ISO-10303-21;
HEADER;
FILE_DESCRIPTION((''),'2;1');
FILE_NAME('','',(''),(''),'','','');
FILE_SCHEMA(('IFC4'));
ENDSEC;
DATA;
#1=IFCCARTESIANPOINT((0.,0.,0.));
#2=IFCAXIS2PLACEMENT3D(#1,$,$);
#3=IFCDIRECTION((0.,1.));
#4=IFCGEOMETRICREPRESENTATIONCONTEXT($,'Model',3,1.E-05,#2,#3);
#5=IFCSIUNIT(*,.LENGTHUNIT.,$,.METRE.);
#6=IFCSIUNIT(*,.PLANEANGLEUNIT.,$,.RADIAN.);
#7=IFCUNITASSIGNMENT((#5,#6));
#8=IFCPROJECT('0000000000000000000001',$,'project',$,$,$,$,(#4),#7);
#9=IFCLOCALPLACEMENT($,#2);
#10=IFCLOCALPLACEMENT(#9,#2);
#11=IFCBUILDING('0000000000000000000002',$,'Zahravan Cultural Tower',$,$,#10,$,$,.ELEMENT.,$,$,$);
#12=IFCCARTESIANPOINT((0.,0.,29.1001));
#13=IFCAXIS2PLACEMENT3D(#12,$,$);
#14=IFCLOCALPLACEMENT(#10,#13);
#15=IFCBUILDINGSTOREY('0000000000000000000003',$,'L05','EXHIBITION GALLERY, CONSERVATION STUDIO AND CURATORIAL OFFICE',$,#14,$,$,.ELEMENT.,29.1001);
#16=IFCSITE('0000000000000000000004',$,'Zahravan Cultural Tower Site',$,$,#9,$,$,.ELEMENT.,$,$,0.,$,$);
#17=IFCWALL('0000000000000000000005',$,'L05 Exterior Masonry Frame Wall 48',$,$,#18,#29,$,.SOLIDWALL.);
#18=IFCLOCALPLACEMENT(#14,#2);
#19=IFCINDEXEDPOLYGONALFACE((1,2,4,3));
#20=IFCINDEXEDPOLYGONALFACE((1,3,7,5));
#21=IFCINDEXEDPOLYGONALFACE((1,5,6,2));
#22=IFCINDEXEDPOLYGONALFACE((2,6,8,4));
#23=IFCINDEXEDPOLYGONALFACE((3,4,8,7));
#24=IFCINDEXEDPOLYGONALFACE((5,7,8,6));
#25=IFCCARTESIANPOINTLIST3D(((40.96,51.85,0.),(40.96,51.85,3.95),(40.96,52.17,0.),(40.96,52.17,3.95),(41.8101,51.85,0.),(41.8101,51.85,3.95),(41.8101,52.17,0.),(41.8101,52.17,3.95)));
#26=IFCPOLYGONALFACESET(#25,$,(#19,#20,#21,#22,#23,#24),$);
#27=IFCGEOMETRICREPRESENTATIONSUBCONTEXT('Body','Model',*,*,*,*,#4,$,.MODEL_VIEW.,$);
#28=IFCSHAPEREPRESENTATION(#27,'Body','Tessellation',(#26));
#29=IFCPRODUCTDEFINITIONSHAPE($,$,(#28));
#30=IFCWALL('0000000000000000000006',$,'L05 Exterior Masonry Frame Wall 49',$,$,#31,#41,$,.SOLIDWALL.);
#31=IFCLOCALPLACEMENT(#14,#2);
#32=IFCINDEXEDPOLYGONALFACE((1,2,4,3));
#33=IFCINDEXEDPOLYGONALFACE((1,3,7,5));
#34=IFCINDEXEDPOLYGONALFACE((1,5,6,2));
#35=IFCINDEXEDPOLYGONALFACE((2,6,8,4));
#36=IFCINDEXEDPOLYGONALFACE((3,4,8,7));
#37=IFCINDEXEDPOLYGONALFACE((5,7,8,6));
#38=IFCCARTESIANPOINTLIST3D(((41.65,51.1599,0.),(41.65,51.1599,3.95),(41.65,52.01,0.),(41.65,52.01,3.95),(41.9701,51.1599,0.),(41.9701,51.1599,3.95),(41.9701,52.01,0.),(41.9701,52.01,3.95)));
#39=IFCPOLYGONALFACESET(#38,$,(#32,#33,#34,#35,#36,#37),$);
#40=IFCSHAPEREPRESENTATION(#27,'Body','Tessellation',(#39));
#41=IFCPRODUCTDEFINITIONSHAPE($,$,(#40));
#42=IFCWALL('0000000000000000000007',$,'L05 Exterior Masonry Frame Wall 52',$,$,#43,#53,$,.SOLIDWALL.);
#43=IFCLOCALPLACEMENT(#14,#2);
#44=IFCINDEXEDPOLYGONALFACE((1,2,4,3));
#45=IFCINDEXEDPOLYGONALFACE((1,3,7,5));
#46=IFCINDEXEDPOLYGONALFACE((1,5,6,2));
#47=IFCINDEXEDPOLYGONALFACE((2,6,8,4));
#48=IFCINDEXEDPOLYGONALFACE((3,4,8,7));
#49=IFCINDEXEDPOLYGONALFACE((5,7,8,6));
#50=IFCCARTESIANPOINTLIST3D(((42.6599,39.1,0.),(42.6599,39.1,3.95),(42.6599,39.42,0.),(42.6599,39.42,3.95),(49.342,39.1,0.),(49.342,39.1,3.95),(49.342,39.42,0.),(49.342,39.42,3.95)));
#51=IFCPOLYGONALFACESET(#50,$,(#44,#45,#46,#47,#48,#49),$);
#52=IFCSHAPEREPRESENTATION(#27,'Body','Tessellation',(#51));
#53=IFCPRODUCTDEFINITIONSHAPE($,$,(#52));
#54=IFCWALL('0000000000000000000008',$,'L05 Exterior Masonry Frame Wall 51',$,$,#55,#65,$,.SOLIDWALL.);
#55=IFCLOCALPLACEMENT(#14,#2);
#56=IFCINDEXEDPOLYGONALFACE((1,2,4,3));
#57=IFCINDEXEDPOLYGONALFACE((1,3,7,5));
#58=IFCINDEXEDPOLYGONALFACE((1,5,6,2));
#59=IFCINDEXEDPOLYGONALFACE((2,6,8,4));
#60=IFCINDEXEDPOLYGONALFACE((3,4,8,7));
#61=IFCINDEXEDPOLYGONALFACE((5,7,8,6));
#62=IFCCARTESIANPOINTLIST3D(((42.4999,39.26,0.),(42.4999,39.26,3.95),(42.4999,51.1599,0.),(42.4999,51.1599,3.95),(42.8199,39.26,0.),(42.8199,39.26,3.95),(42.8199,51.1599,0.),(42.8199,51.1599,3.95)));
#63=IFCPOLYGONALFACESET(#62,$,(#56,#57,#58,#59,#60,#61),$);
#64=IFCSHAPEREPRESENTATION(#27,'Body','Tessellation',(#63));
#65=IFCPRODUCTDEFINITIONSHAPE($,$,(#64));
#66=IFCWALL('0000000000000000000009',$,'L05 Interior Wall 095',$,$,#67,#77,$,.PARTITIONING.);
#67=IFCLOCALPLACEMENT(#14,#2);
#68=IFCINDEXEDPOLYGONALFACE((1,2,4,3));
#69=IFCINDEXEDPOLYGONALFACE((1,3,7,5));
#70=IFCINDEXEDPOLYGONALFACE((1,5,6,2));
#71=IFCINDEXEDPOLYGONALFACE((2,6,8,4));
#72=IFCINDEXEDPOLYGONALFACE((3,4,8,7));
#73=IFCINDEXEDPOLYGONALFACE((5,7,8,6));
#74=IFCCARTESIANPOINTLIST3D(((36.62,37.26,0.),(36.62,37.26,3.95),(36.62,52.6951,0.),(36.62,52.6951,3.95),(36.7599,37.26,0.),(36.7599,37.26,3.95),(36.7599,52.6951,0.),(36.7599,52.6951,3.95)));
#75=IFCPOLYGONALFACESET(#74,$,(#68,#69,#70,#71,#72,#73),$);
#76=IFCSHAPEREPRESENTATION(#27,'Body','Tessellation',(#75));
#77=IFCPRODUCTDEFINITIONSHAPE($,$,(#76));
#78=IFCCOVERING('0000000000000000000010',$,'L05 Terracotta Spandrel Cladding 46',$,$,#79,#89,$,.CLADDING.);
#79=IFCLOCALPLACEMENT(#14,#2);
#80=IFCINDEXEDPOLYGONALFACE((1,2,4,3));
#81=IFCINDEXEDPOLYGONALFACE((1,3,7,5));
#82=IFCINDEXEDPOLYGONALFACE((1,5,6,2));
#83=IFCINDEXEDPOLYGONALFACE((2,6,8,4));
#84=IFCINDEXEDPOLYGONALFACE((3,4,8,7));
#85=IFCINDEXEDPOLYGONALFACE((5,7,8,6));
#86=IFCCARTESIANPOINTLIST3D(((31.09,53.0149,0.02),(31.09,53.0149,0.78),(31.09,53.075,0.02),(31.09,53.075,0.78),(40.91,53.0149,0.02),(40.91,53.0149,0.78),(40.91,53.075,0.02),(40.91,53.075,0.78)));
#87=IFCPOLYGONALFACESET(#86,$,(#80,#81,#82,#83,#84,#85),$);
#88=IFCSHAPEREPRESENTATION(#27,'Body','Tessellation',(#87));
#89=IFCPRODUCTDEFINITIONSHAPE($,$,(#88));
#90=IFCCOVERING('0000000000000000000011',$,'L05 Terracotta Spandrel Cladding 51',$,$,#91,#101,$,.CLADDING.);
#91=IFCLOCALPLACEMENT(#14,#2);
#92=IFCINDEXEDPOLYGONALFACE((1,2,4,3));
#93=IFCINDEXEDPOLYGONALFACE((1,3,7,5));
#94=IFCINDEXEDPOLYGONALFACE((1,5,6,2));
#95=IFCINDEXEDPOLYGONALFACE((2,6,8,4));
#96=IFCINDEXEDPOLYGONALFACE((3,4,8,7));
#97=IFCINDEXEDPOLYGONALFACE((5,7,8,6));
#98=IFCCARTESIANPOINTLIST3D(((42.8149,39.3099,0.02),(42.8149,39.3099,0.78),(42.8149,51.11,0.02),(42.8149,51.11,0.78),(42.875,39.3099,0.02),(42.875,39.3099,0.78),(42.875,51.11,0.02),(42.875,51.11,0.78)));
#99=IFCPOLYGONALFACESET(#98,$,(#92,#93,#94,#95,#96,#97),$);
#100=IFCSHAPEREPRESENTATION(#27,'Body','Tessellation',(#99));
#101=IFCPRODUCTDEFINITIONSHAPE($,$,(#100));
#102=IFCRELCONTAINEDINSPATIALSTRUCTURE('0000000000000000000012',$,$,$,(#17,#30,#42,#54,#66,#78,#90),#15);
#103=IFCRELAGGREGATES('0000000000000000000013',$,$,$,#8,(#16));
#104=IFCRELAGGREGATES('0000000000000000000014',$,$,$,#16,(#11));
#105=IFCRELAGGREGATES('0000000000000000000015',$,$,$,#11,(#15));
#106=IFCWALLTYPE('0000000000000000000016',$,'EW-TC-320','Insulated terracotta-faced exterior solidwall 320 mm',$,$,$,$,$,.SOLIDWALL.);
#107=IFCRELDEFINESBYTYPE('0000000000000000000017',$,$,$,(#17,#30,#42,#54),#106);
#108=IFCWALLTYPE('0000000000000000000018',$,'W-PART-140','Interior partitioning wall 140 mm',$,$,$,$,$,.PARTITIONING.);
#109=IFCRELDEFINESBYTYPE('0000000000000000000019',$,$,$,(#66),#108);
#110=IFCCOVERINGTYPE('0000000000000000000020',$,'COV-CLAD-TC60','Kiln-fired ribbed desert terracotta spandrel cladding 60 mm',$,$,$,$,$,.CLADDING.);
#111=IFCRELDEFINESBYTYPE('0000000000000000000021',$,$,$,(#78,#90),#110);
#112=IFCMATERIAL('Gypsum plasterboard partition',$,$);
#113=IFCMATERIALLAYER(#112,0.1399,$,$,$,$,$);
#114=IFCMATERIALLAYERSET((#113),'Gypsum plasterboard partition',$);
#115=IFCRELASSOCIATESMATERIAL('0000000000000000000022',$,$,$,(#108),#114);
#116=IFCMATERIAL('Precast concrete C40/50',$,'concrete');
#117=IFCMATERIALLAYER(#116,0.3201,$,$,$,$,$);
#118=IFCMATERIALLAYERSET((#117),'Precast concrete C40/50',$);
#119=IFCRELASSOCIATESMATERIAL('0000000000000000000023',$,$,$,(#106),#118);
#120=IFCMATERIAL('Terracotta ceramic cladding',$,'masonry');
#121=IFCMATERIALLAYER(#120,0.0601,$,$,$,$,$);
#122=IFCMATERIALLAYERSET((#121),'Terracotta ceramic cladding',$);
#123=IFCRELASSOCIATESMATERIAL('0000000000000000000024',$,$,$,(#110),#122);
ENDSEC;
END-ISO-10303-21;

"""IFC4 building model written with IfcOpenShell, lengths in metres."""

from ifc_helpers import new_model, si_unit, direction, frame, frame_2d, origin, origin_2d, place, context, subcontext, project, spatial, rectangle, extrude, source, transform, mapped, material, layer, layer_set, type_object, element, save


model = new_model("IFC4")

# Units and contexts
model_context = context("Model", 3, precision=1e-05, world=origin(), true_north=direction((0.0, 1.0)))
body_context = subcontext(model_context, "Body", "Model", "MODEL_VIEW")
ifc_project = project(units=[si_unit("LENGTHUNIT", "METRE"), si_unit("PLANEANGLEUNIT", "RADIAN")], contexts=[model_context])

# Site, building, storey
site_placement = place(None, origin())
site = spatial("IfcSite", under=ifc_project, at=site_placement, Name="Zahravan Cultural Tower Site", CompositionType="ELEMENT", RefElevation=0.0)
building_placement = place(site_placement, origin())
building = spatial("IfcBuilding", under=site, at=building_placement, Name="Zahravan Cultural Tower", CompositionType="ELEMENT")
storey_placement = place(building_placement, frame((0.0, 0.0, 29.1001)))
storey = spatial("IfcBuildingStorey", under=building, at=storey_placement, Name="L05", Description="EXHIBITION GALLERY, CONSERVATION STUDIO AND CURATORIAL OFFICE", CompositionType="ELEMENT", Elevation=29.1001)

# Shared definitions
ifc_material_1 = material(Name="Gypsum plasterboard partition")
ifc_layer_1 = layer(ifc_material_1, 0.1399)
ifc_layer_set_1 = layer_set([ifc_layer_1], Name="Gypsum plasterboard partition")
wall_type_1 = type_object("IfcWallType", Name="W-PART-140", Description="Interior partitioning wall 140 mm", PredefinedType="PARTITIONING", material=ifc_layer_set_1)

# Walls
ifc_material_2 = material(Name="Precast concrete C40/50", Category="concrete")
ifc_layer_2 = layer(ifc_material_2, 0.3201)
ifc_layer_set_2 = layer_set([ifc_layer_2], Name="Precast concrete C40/50")
wall_type_2 = type_object("IfcWallType", Name="EW-TC-320", Description="Insulated terracotta-faced exterior solidwall 320 mm", PredefinedType="SOLIDWALL", material=ifc_layer_set_2)
shared_shape_1 = source(origin(), body_context, "Body", "SweptSolid", [
    extrude(rectangle(XDim=0.8501, YDim=0.3201, at=frame_2d((0.425, 0.0))), origin(), (0.0, 0.0, 1.0), 3.95),
])
for number, where, z_axis, x_axis, name in (
    (1, (40.96, 52.01, 0.0), (0.0, 0.0, 1.0), (1.0, 0.0, 0.0), "L05 Exterior Masonry Frame Wall 48"),
    (2, (41.8101, 52.01, 0.0), (0.0, 0.0, 1.0), (0.0, -1.0, 0.0), "L05 Exterior Masonry Frame Wall 49"),
):
    element("IfcWall", number, at=place(storey_placement, frame(where, z_axis=z_axis, x_axis=x_axis)), inside=storey, type_object=wall_type_2, Name=name, PredefinedType="SOLIDWALL", context=body_context, shape_type="MappedRepresentation", body=[
        mapped(shared_shape_1, transform((0.0, 0.0, 0.0), x_axis=(1.0, 0.0, 0.0), y_axis=(0.0, 1.0, 0.0), z_axis=(0.0, 0.0, 1.0), scale=1.0)),
    ])
shared_shape_2 = source(origin(), body_context, "Body", "SweptSolid", [
    extrude(rectangle(XDim=6.6821, YDim=0.3201, at=frame_2d((3.3411, 0.0))), origin(), (0.0, 0.0, 1.0), 3.95),
])
wall_1_placement = place(storey_placement, frame((42.6599, 39.26, 0.0), z_axis=(0.0, 0.0, 1.0), x_axis=(1.0, 0.0, 0.0)))
element("IfcWall", 3, at=wall_1_placement, inside=storey, type_object=wall_type_2, Name="L05 Exterior Masonry Frame Wall 52", PredefinedType="SOLIDWALL", context=body_context, shape_type="MappedRepresentation", body=[
    mapped(shared_shape_2, transform((0.0, 0.0, 0.0), x_axis=(1.0, 0.0, 0.0), y_axis=(0.0, 1.0, 0.0), z_axis=(0.0, 0.0, 1.0), scale=1.0)),
])
shared_shape_3 = source(origin(), body_context, "Body", "SweptSolid", [
    extrude(rectangle(XDim=11.8999, YDim=0.3201, at=frame_2d((5.95, 0.0))), origin(), (0.0, 0.0, 1.0), 3.95),
])
wall_2_placement = place(storey_placement, frame((42.6599, 51.1599, 0.0), z_axis=(0.0, 0.0, 1.0), x_axis=(0.0, -1.0, 0.0)))
element("IfcWall", 4, at=wall_2_placement, inside=storey, type_object=wall_type_2, Name="L05 Exterior Masonry Frame Wall 51", PredefinedType="SOLIDWALL", context=body_context, shape_type="MappedRepresentation", body=[
    mapped(shared_shape_3, transform((0.0, 0.0, 0.0), x_axis=(1.0, 0.0, 0.0), y_axis=(0.0, 1.0, 0.0), z_axis=(0.0, 0.0, 1.0), scale=1.0)),
])
shared_shape_4 = source(origin(), body_context, "Body", "SweptSolid", [
    extrude(rectangle(XDim=15.4351, YDim=0.1399, at=frame_2d((7.7175, 0.0))), origin(), (0.0, 0.0, 1.0), 3.95),
])
wall_3_placement = place(storey_placement, frame((36.6899, 37.26, 0.0), z_axis=(0.0, 0.0, 1.0), x_axis=(0.0, 1.0, 0.0)))
element("IfcWall", 5, at=wall_3_placement, inside=storey, type_object=wall_type_1, Name="L05 Interior Wall 095", PredefinedType="PARTITIONING", context=body_context, shape_type="MappedRepresentation", body=[
    mapped(shared_shape_4, transform((0.0, 0.0, 0.0), x_axis=(1.0, 0.0, 0.0), y_axis=(0.0, 1.0, 0.0), z_axis=(0.0, 0.0, 1.0), scale=1.0)),
])

# Coverings
ifc_material_3 = material(Name="Terracotta ceramic cladding", Category="masonry")
ifc_layer_3 = layer(ifc_material_3, 0.0601)
ifc_layer_set_3 = layer_set([ifc_layer_3], Name="Terracotta ceramic cladding")
covering_type = type_object("IfcCoveringType", Name="COV-CLAD-TC60", Description="Kiln-fired ribbed desert terracotta spandrel cladding 60 mm", PredefinedType="CLADDING", material=ifc_layer_set_3)
shared_shape_5 = source(origin(), body_context, "Body", "SweptSolid", [
    extrude(rectangle(XDim=9.8201, YDim=0.0601, at=origin_2d()), origin(), (0.0, 0.0, 1.0), 0.76),
])
covering_1_placement = place(storey_placement, frame((36.0, 53.0449, 0.02), z_axis=(0.0, 0.0, 1.0), x_axis=(1.0, 0.0, 0.0)))
element("IfcCovering", 6, at=covering_1_placement, inside=storey, type_object=covering_type, Name="L05 Terracotta Spandrel Cladding 46", PredefinedType="CLADDING", context=body_context, shape_type="MappedRepresentation", body=[
    mapped(shared_shape_5, transform((0.0, 0.0, 0.0), x_axis=(1.0, 0.0, 0.0), y_axis=(0.0, 1.0, 0.0), z_axis=(0.0, 0.0, 1.0), scale=1.0)),
])
shared_shape_6 = source(origin(), body_context, "Body", "SweptSolid", [
    extrude(rectangle(XDim=11.8, YDim=0.0601, at=origin_2d()), origin(), (0.0, 0.0, 1.0), 0.76),
])
covering_2_placement = place(storey_placement, frame((42.845, 45.21, 0.02), z_axis=(0.0, 0.0, 1.0), x_axis=(0.0, -1.0, 0.0)))
element("IfcCovering", 7, at=covering_2_placement, inside=storey, type_object=covering_type, Name="L05 Terracotta Spandrel Cladding 51", PredefinedType="CLADDING", context=body_context, shape_type="MappedRepresentation", body=[
    mapped(shared_shape_6, transform((0.0, 0.0, 0.0), x_axis=(1.0, 0.0, 0.0), y_axis=(0.0, 1.0, 0.0), z_axis=(0.0, 0.0, 1.0), scale=1.0)),
])

save(model, "model.ifc")
